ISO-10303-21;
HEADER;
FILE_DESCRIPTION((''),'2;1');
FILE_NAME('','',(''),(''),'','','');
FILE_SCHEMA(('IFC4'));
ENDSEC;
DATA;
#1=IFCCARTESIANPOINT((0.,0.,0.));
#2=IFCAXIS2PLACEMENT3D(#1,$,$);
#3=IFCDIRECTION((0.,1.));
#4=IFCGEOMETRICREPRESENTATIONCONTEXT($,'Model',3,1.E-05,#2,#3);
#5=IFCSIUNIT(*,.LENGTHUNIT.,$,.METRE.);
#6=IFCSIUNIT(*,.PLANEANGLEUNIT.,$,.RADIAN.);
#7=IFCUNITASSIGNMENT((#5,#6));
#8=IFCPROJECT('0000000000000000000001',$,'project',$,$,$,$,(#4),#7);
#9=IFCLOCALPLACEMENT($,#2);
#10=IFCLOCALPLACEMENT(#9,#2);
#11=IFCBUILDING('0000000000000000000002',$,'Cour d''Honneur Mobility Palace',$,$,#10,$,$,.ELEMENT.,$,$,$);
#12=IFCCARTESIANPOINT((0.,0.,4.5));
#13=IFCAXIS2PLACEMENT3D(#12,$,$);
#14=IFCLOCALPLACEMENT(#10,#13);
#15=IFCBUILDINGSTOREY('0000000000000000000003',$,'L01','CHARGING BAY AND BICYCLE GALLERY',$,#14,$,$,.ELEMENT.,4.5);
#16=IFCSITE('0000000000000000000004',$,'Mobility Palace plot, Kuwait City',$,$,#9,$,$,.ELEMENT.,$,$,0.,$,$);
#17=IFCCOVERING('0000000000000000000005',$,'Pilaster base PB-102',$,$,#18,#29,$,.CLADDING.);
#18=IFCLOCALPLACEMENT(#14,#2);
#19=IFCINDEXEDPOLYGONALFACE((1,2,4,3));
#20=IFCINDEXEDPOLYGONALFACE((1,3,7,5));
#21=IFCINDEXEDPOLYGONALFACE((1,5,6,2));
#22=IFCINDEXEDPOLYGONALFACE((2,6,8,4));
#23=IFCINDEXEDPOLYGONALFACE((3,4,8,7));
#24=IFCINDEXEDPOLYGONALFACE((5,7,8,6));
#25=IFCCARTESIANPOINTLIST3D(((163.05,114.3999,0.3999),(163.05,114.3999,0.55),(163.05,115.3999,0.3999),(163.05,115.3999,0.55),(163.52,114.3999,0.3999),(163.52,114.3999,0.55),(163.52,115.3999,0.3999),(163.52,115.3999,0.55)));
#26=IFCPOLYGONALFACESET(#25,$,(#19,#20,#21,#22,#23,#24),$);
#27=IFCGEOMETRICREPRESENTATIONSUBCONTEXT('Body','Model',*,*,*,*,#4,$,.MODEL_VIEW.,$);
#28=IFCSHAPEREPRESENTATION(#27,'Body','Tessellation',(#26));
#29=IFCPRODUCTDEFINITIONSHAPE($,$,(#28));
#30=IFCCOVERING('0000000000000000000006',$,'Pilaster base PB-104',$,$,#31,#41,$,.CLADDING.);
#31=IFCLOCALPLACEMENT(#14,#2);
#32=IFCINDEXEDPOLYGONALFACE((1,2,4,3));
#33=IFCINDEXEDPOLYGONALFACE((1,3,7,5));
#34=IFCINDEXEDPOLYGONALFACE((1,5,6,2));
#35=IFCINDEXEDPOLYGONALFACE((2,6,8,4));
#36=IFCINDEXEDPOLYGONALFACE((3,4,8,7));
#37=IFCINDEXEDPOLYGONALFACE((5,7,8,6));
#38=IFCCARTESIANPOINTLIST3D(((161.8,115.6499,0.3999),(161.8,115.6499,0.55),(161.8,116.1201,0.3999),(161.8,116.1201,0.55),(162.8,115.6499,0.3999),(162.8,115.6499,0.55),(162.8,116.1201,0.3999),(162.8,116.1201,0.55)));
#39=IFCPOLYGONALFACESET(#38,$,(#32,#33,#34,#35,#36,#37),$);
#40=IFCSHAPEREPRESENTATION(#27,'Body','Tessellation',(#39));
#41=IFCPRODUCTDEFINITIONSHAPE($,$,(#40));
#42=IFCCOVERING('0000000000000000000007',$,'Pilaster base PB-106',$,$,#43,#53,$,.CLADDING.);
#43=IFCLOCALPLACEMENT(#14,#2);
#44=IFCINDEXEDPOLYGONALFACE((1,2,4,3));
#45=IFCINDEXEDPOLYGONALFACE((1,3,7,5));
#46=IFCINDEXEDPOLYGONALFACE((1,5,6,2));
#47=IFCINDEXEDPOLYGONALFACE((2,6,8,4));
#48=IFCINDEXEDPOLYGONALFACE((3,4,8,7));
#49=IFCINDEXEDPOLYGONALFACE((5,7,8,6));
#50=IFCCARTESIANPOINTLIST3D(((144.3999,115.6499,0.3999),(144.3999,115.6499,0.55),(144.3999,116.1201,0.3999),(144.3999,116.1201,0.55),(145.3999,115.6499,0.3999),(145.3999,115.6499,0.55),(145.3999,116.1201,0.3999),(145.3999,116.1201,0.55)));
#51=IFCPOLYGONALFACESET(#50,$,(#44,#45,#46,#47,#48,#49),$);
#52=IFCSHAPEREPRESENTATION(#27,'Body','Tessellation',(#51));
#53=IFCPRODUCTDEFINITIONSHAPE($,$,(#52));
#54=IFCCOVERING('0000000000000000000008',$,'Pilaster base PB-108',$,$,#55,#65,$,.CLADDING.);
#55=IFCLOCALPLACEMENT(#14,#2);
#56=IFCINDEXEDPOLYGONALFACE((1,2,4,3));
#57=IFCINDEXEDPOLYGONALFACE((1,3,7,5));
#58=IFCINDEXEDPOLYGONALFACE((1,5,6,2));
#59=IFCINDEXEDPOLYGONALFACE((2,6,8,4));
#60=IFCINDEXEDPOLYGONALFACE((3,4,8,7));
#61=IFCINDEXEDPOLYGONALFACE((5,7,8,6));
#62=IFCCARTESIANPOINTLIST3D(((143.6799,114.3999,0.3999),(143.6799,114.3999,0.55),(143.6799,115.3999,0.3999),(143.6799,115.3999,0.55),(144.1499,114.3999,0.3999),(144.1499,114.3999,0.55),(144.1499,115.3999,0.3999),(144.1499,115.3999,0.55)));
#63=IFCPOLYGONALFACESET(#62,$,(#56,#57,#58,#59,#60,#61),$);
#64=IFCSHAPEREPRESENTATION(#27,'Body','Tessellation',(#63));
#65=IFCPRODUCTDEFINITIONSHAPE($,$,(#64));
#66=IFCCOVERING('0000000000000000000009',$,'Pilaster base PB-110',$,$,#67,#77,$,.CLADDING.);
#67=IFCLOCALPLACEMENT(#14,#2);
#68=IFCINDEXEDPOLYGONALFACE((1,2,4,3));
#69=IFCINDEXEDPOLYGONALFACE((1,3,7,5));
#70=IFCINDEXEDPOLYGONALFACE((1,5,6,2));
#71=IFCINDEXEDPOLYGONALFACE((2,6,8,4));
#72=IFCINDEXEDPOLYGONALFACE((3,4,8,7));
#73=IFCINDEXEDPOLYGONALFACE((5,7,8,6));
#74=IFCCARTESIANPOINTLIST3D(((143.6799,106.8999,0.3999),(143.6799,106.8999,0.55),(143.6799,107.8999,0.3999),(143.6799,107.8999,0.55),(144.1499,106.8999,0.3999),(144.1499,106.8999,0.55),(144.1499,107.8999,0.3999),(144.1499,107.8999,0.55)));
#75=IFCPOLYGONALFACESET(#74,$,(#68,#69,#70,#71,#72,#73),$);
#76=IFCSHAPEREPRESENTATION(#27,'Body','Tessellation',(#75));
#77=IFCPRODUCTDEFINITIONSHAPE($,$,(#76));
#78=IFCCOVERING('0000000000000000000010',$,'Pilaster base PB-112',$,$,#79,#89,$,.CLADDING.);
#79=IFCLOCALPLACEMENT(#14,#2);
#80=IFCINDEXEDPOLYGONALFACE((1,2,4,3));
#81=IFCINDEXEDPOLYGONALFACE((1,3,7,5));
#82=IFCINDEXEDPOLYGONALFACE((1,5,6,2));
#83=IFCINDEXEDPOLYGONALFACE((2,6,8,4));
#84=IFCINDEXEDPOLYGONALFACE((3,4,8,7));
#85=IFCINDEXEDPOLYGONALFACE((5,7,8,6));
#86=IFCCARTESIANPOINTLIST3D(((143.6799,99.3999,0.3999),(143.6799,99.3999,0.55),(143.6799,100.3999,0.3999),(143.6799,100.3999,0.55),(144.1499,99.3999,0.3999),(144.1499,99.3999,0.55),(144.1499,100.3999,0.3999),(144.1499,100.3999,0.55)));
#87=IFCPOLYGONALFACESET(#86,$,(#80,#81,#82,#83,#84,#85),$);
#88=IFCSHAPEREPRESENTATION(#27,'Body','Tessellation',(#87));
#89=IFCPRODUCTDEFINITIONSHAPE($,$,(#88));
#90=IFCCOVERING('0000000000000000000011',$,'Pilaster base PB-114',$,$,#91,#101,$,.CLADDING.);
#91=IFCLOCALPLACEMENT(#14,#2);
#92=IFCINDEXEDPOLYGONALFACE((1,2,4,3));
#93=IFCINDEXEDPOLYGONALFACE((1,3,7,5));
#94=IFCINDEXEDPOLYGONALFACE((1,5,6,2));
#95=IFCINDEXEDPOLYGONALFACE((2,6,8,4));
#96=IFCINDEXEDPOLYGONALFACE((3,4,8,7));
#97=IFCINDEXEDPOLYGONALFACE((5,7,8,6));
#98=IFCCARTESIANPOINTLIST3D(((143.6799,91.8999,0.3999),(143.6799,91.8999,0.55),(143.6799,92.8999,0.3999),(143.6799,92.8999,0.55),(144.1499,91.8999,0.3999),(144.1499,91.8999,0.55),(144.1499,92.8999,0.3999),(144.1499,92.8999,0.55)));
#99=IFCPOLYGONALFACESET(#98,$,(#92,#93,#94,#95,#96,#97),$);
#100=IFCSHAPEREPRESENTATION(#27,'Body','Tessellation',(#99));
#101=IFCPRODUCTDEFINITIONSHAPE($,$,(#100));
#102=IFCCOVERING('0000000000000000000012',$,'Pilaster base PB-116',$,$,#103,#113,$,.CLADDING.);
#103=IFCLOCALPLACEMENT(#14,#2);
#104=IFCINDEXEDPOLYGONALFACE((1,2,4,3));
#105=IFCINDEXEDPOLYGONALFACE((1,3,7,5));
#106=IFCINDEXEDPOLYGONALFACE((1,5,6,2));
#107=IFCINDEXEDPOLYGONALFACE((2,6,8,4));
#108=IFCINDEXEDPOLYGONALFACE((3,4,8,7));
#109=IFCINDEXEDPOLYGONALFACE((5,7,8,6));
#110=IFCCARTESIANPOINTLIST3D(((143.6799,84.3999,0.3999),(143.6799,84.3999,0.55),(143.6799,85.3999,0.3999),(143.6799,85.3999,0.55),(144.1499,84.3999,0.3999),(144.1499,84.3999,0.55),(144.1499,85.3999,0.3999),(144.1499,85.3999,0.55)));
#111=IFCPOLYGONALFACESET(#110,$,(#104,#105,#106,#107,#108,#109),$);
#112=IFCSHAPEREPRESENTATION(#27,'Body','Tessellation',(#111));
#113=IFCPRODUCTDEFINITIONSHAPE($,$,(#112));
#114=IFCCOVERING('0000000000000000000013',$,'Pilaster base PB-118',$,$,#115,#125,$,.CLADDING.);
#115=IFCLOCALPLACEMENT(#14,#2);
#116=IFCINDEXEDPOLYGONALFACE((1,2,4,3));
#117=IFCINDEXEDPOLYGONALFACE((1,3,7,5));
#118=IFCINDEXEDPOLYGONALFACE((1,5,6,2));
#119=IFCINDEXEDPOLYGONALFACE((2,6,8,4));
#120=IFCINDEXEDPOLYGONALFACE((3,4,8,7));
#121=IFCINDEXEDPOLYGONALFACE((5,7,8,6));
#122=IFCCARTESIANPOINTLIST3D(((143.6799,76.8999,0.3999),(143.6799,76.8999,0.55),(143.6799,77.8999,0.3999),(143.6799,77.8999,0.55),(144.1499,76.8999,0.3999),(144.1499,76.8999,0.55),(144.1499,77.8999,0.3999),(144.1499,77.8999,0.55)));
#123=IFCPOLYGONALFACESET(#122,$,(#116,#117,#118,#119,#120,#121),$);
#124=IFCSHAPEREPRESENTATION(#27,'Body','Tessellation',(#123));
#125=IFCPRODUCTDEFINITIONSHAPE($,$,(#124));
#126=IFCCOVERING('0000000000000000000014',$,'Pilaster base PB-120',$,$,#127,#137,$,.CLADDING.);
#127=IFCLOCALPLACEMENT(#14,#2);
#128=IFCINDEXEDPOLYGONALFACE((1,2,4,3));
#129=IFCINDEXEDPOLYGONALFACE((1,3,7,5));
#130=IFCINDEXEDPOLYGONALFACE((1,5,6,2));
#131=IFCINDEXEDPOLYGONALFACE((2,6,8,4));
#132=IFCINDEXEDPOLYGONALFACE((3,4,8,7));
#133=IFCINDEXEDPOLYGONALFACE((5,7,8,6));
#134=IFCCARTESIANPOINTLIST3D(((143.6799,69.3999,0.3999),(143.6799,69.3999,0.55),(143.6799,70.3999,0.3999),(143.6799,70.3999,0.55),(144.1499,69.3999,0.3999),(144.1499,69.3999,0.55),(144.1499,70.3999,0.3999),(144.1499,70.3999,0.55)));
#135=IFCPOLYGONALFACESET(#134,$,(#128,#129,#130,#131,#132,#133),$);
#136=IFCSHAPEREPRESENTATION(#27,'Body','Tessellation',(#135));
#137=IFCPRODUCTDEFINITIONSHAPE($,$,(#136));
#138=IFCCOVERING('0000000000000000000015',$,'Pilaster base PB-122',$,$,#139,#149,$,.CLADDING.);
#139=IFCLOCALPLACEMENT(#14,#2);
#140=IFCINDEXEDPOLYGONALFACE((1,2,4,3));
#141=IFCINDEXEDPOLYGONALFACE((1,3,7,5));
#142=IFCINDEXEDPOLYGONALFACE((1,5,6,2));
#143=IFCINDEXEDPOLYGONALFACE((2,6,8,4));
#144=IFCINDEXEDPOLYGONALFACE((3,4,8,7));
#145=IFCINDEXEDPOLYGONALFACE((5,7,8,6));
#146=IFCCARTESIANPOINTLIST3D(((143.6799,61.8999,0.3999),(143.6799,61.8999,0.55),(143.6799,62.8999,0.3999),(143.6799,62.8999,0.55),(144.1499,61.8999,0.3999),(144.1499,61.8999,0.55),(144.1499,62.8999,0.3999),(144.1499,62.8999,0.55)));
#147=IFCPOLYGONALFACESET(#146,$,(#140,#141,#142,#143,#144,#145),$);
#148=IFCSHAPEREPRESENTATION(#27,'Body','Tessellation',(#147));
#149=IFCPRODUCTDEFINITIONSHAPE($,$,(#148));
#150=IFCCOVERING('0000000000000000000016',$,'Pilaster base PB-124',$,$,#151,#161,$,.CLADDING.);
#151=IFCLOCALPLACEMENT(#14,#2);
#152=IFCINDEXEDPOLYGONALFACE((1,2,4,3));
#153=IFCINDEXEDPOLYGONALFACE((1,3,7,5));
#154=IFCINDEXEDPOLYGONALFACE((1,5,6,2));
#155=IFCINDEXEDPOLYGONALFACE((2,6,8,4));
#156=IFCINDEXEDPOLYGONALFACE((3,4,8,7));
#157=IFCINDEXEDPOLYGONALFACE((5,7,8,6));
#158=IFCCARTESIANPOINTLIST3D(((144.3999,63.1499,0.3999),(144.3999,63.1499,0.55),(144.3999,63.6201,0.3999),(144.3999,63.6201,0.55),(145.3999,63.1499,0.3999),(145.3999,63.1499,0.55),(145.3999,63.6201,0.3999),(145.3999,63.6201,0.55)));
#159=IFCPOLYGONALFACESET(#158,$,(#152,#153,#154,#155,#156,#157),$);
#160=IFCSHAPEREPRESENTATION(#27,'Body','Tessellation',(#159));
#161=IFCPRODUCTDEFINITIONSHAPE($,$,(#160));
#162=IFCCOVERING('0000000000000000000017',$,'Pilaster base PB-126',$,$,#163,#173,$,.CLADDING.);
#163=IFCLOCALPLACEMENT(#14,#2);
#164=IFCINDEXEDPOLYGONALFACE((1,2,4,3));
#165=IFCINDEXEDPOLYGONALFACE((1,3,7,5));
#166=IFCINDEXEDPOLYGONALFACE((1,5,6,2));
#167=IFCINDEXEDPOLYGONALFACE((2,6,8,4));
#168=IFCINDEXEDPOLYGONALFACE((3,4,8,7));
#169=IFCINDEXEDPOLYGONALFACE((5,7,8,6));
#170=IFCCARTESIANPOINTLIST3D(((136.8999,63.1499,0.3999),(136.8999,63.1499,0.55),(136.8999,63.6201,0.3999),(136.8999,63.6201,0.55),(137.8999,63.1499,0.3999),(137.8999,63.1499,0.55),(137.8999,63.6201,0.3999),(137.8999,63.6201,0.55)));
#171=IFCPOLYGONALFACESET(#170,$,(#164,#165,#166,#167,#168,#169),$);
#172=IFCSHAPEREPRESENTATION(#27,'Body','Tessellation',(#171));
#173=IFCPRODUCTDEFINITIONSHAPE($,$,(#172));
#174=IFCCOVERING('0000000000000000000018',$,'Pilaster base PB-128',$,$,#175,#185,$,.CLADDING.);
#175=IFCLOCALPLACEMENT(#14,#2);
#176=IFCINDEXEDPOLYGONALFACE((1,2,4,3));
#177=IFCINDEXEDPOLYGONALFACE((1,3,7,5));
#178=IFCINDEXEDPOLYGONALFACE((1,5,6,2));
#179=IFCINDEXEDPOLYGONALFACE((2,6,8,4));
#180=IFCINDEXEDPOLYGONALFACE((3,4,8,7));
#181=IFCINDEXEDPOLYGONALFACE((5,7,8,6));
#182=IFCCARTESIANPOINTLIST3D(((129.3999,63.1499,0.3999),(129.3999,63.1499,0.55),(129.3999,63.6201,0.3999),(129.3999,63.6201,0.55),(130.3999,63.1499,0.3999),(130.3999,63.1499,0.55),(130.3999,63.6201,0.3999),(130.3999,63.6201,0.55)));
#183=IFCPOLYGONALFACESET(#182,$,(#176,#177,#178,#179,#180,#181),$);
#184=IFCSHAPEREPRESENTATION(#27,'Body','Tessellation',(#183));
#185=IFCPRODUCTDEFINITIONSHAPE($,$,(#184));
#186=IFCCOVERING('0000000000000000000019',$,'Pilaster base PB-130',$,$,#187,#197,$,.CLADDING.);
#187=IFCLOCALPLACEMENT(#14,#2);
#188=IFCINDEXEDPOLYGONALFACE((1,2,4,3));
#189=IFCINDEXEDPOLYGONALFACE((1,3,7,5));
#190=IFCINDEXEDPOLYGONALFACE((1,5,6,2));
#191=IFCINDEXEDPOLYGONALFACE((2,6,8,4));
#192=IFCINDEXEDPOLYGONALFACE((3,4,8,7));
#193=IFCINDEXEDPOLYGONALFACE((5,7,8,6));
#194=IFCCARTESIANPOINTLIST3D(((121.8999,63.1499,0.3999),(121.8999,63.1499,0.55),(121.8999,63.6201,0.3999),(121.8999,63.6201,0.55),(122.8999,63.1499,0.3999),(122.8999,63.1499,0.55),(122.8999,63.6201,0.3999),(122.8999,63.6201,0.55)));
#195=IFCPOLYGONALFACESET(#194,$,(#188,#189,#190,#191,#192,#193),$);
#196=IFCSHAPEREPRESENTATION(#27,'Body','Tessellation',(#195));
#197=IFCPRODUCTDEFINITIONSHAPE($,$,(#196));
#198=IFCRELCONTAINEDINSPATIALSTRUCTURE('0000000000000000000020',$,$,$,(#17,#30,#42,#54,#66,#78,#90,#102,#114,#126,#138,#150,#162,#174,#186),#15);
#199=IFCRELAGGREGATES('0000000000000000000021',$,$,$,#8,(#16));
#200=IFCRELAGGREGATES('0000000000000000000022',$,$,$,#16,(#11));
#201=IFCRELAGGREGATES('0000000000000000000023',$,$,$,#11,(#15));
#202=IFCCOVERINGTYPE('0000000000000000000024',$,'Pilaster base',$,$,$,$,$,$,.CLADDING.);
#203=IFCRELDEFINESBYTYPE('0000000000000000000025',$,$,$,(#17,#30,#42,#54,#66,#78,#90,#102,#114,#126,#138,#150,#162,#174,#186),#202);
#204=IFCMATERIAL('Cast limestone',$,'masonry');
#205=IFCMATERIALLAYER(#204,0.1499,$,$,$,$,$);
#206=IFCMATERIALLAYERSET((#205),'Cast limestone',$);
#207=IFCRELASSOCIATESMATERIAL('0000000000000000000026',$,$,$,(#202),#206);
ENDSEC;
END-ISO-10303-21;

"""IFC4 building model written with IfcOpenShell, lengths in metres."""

from ifc_helpers import new_model, si_unit, direction, frame, origin, place, context, subcontext, project, spatial, polyline, outline, extrude, material, layer, layer_set, type_object, element, save


model = new_model("IFC4")

# Units and contexts
model_context = context("Model", 3, precision=1e-05, world=origin(), true_north=direction((0.0, 1.0)))
body_context = subcontext(model_context, "Body", "Model", "MODEL_VIEW")
ifc_project = project(units=[si_unit("LENGTHUNIT", "METRE"), si_unit("PLANEANGLEUNIT", "RADIAN")], contexts=[model_context])

# Site, building, storey
site_placement = place(None, origin())
site = spatial("IfcSite", under=ifc_project, at=site_placement, Name="Mobility Palace plot, Kuwait City", CompositionType="ELEMENT", RefElevation=0.0)
building_placement = place(site_placement, origin())
building = spatial("IfcBuilding", under=site, at=building_placement, Name="Cour d'Honneur Mobility Palace", CompositionType="ELEMENT")
storey_placement = place(building_placement, frame((0.0, 0.0, 4.5)))
storey = spatial("IfcBuildingStorey", under=building, at=storey_placement, Name="L01", Description="CHARGING BAY AND BICYCLE GALLERY", CompositionType="ELEMENT", Elevation=4.5)

# Coverings
ifc_material = material(Name="Cast limestone", Category="masonry")
ifc_layer = layer(ifc_material, 0.1499)
ifc_layer_set = layer_set([ifc_layer], Name="Cast limestone")
covering_type = type_object("IfcCoveringType", Name="Pilaster base", PredefinedType="CLADDING", material=ifc_layer_set)
covering_1_placement = place(storey_placement, frame((0.0, 0.0, 0.3999)))
element("IfcCovering", 1, at=covering_1_placement, inside=storey, type_object=covering_type, Name="Pilaster base PB-102", PredefinedType="CLADDING", context=body_context, shape_type="SweptSolid", body=[
    extrude(outline(polyline([(163.05, 114.3999), (163.05, 115.3999), (163.52, 115.3999), (163.52, 114.3999), (163.05, 114.3999)])), origin(), (0.0, 0.0, 1.0), 0.1501),
])
covering_2_placement = place(storey_placement, frame((0.0, 0.0, 0.3999)))
element("IfcCovering", 2, at=covering_2_placement, inside=storey, type_object=covering_type, Name="Pilaster base PB-104", PredefinedType="CLADDING", context=body_context, shape_type="SweptSolid", body=[
    extrude(outline(polyline([(162.8, 115.6499), (161.8, 115.6499), (161.8, 116.1201), (162.8, 116.1201), (162.8, 115.6499)])), origin(), (0.0, 0.0, 1.0), 0.1501),
])
covering_3_placement = place(storey_placement, frame((0.0, 0.0, 0.3999)))
element("IfcCovering", 3, at=covering_3_placement, inside=storey, type_object=covering_type, Name="Pilaster base PB-106", PredefinedType="CLADDING", context=body_context, shape_type="SweptSolid", body=[
    extrude(outline(polyline([(145.3999, 115.6499), (144.3999, 115.6499), (144.3999, 116.1201), (145.3999, 116.1201), (145.3999, 115.6499)])), origin(), (0.0, 0.0, 1.0), 0.1501),
])
covering_4_placement = place(storey_placement, frame((0.0, 0.0, 0.3999)))
element("IfcCovering", 4, at=covering_4_placement, inside=storey, type_object=covering_type, Name="Pilaster base PB-108", PredefinedType="CLADDING", context=body_context, shape_type="SweptSolid", body=[
    extrude(outline(polyline([(144.1499, 115.3999), (144.1499, 114.3999), (143.6799, 114.3999), (143.6799, 115.3999), (144.1499, 115.3999)])), origin(), (0.0, 0.0, 1.0), 0.1501),
])
covering_5_placement = place(storey_placement, frame((0.0, 0.0, 0.3999)))
element("IfcCovering", 5, at=covering_5_placement, inside=storey, type_object=covering_type, Name="Pilaster base PB-110", PredefinedType="CLADDING", context=body_context, shape_type="SweptSolid", body=[
    extrude(outline(polyline([(144.1499, 107.8999), (144.1499, 106.8999), (143.6799, 106.8999), (143.6799, 107.8999), (144.1499, 107.8999)])), origin(), (0.0, 0.0, 1.0), 0.1501),
])
covering_6_placement = place(storey_placement, frame((0.0, 0.0, 0.3999)))
element("IfcCovering", 6, at=covering_6_placement, inside=storey, type_object=covering_type, Name="Pilaster base PB-112", PredefinedType="CLADDING", context=body_context, shape_type="SweptSolid", body=[
    extrude(outline(polyline([(144.1499, 100.3999), (144.1499, 99.3999), (143.6799, 99.3999), (143.6799, 100.3999), (144.1499, 100.3999)])), origin(), (0.0, 0.0, 1.0), 0.1501),
])
covering_7_placement = place(storey_placement, frame((0.0, 0.0, 0.3999)))
element("IfcCovering", 7, at=covering_7_placement, inside=storey, type_object=covering_type, Name="Pilaster base PB-114", PredefinedType="CLADDING", context=body_context, shape_type="SweptSolid", body=[
    extrude(outline(polyline([(144.1499, 92.8999), (144.1499, 91.8999), (143.6799, 91.8999), (143.6799, 92.8999), (144.1499, 92.8999)])), origin(), (0.0, 0.0, 1.0), 0.1501),
])
covering_8_placement = place(storey_placement, frame((0.0, 0.0, 0.3999)))
element("IfcCovering", 8, at=covering_8_placement, inside=storey, type_object=covering_type, Name="Pilaster base PB-116", PredefinedType="CLADDING", context=body_context, shape_type="SweptSolid", body=[
    extrude(outline(polyline([(144.1499, 85.3999), (144.1499, 84.3999), (143.6799, 84.3999), (143.6799, 85.3999), (144.1499, 85.3999)])), origin(), (0.0, 0.0, 1.0), 0.1501),
])
covering_9_placement = place(storey_placement, frame((0.0, 0.0, 0.3999)))
element("IfcCovering", 9, at=covering_9_placement, inside=storey, type_object=covering_type, Name="Pilaster base PB-118", PredefinedType="CLADDING", context=body_context, shape_type="SweptSolid", body=[
    extrude(outline(polyline([(144.1499, 77.8999), (144.1499, 76.8999), (143.6799, 76.8999), (143.6799, 77.8999), (144.1499, 77.8999)])), origin(), (0.0, 0.0, 1.0), 0.1501),
])
covering_10_placement = place(storey_placement, frame((0.0, 0.0, 0.3999)))
element("IfcCovering", 10, at=covering_10_placement, inside=storey, type_object=covering_type, Name="Pilaster base PB-120", PredefinedType="CLADDING", context=body_context, shape_type="SweptSolid", body=[
    extrude(outline(polyline([(144.1499, 70.3999), (144.1499, 69.3999), (143.6799, 69.3999), (143.6799, 70.3999), (144.1499, 70.3999)])), origin(), (0.0, 0.0, 1.0), 0.1501),
])
covering_11_placement = place(storey_placement, frame((0.0, 0.0, 0.3999)))
element("IfcCovering", 11, at=covering_11_placement, inside=storey, type_object=covering_type, Name="Pilaster base PB-122", PredefinedType="CLADDING", context=body_context, shape_type="SweptSolid", body=[
    extrude(outline(polyline([(144.1499, 62.8999), (144.1499, 61.8999), (143.6799, 61.8999), (143.6799, 62.8999), (144.1499, 62.8999)])), origin(), (0.0, 0.0, 1.0), 0.1501),
])
covering_12_placement = place(storey_placement, frame((0.0, 0.0, 0.3999)))
element("IfcCovering", 12, at=covering_12_placement, inside=storey, type_object=covering_type, Name="Pilaster base PB-124", PredefinedType="CLADDING", context=body_context, shape_type="SweptSolid", body=[
    extrude(outline(polyline([(145.3999, 63.1499), (144.3999, 63.1499), (144.3999, 63.6201), (145.3999, 63.6201), (145.3999, 63.1499)])), origin(), (0.0, 0.0, 1.0), 0.1501),
])
covering_13_placement = place(storey_placement, frame((0.0, 0.0, 0.3999)))
element("IfcCovering", 13, at=covering_13_placement, inside=storey, type_object=covering_type, Name="Pilaster base PB-126", PredefinedType="CLADDING", context=body_context, shape_type="SweptSolid", body=[
    extrude(outline(polyline([(137.8999, 63.1499), (136.8999, 63.1499), (136.8999, 63.6201), (137.8999, 63.6201), (137.8999, 63.1499)])), origin(), (0.0, 0.0, 1.0), 0.1501),
])
covering_14_placement = place(storey_placement, frame((0.0, 0.0, 0.3999)))
element("IfcCovering", 14, at=covering_14_placement, inside=storey, type_object=covering_type, Name="Pilaster base PB-128", PredefinedType="CLADDING", context=body_context, shape_type="SweptSolid", body=[
    extrude(outline(polyline([(130.3999, 63.1499), (129.3999, 63.1499), (129.3999, 63.6201), (130.3999, 63.6201), (130.3999, 63.1499)])), origin(), (0.0, 0.0, 1.0), 0.1501),
])
covering_15_placement = place(storey_placement, frame((0.0, 0.0, 0.3999)))
element("IfcCovering", 15, at=covering_15_placement, inside=storey, type_object=covering_type, Name="Pilaster base PB-130", PredefinedType="CLADDING", context=body_context, shape_type="SweptSolid", body=[
    extrude(outline(polyline([(122.8999, 63.1499), (121.8999, 63.1499), (121.8999, 63.6201), (122.8999, 63.6201), (122.8999, 63.1499)])), origin(), (0.0, 0.0, 1.0), 0.1501),
])

save(model, "model.ifc")
